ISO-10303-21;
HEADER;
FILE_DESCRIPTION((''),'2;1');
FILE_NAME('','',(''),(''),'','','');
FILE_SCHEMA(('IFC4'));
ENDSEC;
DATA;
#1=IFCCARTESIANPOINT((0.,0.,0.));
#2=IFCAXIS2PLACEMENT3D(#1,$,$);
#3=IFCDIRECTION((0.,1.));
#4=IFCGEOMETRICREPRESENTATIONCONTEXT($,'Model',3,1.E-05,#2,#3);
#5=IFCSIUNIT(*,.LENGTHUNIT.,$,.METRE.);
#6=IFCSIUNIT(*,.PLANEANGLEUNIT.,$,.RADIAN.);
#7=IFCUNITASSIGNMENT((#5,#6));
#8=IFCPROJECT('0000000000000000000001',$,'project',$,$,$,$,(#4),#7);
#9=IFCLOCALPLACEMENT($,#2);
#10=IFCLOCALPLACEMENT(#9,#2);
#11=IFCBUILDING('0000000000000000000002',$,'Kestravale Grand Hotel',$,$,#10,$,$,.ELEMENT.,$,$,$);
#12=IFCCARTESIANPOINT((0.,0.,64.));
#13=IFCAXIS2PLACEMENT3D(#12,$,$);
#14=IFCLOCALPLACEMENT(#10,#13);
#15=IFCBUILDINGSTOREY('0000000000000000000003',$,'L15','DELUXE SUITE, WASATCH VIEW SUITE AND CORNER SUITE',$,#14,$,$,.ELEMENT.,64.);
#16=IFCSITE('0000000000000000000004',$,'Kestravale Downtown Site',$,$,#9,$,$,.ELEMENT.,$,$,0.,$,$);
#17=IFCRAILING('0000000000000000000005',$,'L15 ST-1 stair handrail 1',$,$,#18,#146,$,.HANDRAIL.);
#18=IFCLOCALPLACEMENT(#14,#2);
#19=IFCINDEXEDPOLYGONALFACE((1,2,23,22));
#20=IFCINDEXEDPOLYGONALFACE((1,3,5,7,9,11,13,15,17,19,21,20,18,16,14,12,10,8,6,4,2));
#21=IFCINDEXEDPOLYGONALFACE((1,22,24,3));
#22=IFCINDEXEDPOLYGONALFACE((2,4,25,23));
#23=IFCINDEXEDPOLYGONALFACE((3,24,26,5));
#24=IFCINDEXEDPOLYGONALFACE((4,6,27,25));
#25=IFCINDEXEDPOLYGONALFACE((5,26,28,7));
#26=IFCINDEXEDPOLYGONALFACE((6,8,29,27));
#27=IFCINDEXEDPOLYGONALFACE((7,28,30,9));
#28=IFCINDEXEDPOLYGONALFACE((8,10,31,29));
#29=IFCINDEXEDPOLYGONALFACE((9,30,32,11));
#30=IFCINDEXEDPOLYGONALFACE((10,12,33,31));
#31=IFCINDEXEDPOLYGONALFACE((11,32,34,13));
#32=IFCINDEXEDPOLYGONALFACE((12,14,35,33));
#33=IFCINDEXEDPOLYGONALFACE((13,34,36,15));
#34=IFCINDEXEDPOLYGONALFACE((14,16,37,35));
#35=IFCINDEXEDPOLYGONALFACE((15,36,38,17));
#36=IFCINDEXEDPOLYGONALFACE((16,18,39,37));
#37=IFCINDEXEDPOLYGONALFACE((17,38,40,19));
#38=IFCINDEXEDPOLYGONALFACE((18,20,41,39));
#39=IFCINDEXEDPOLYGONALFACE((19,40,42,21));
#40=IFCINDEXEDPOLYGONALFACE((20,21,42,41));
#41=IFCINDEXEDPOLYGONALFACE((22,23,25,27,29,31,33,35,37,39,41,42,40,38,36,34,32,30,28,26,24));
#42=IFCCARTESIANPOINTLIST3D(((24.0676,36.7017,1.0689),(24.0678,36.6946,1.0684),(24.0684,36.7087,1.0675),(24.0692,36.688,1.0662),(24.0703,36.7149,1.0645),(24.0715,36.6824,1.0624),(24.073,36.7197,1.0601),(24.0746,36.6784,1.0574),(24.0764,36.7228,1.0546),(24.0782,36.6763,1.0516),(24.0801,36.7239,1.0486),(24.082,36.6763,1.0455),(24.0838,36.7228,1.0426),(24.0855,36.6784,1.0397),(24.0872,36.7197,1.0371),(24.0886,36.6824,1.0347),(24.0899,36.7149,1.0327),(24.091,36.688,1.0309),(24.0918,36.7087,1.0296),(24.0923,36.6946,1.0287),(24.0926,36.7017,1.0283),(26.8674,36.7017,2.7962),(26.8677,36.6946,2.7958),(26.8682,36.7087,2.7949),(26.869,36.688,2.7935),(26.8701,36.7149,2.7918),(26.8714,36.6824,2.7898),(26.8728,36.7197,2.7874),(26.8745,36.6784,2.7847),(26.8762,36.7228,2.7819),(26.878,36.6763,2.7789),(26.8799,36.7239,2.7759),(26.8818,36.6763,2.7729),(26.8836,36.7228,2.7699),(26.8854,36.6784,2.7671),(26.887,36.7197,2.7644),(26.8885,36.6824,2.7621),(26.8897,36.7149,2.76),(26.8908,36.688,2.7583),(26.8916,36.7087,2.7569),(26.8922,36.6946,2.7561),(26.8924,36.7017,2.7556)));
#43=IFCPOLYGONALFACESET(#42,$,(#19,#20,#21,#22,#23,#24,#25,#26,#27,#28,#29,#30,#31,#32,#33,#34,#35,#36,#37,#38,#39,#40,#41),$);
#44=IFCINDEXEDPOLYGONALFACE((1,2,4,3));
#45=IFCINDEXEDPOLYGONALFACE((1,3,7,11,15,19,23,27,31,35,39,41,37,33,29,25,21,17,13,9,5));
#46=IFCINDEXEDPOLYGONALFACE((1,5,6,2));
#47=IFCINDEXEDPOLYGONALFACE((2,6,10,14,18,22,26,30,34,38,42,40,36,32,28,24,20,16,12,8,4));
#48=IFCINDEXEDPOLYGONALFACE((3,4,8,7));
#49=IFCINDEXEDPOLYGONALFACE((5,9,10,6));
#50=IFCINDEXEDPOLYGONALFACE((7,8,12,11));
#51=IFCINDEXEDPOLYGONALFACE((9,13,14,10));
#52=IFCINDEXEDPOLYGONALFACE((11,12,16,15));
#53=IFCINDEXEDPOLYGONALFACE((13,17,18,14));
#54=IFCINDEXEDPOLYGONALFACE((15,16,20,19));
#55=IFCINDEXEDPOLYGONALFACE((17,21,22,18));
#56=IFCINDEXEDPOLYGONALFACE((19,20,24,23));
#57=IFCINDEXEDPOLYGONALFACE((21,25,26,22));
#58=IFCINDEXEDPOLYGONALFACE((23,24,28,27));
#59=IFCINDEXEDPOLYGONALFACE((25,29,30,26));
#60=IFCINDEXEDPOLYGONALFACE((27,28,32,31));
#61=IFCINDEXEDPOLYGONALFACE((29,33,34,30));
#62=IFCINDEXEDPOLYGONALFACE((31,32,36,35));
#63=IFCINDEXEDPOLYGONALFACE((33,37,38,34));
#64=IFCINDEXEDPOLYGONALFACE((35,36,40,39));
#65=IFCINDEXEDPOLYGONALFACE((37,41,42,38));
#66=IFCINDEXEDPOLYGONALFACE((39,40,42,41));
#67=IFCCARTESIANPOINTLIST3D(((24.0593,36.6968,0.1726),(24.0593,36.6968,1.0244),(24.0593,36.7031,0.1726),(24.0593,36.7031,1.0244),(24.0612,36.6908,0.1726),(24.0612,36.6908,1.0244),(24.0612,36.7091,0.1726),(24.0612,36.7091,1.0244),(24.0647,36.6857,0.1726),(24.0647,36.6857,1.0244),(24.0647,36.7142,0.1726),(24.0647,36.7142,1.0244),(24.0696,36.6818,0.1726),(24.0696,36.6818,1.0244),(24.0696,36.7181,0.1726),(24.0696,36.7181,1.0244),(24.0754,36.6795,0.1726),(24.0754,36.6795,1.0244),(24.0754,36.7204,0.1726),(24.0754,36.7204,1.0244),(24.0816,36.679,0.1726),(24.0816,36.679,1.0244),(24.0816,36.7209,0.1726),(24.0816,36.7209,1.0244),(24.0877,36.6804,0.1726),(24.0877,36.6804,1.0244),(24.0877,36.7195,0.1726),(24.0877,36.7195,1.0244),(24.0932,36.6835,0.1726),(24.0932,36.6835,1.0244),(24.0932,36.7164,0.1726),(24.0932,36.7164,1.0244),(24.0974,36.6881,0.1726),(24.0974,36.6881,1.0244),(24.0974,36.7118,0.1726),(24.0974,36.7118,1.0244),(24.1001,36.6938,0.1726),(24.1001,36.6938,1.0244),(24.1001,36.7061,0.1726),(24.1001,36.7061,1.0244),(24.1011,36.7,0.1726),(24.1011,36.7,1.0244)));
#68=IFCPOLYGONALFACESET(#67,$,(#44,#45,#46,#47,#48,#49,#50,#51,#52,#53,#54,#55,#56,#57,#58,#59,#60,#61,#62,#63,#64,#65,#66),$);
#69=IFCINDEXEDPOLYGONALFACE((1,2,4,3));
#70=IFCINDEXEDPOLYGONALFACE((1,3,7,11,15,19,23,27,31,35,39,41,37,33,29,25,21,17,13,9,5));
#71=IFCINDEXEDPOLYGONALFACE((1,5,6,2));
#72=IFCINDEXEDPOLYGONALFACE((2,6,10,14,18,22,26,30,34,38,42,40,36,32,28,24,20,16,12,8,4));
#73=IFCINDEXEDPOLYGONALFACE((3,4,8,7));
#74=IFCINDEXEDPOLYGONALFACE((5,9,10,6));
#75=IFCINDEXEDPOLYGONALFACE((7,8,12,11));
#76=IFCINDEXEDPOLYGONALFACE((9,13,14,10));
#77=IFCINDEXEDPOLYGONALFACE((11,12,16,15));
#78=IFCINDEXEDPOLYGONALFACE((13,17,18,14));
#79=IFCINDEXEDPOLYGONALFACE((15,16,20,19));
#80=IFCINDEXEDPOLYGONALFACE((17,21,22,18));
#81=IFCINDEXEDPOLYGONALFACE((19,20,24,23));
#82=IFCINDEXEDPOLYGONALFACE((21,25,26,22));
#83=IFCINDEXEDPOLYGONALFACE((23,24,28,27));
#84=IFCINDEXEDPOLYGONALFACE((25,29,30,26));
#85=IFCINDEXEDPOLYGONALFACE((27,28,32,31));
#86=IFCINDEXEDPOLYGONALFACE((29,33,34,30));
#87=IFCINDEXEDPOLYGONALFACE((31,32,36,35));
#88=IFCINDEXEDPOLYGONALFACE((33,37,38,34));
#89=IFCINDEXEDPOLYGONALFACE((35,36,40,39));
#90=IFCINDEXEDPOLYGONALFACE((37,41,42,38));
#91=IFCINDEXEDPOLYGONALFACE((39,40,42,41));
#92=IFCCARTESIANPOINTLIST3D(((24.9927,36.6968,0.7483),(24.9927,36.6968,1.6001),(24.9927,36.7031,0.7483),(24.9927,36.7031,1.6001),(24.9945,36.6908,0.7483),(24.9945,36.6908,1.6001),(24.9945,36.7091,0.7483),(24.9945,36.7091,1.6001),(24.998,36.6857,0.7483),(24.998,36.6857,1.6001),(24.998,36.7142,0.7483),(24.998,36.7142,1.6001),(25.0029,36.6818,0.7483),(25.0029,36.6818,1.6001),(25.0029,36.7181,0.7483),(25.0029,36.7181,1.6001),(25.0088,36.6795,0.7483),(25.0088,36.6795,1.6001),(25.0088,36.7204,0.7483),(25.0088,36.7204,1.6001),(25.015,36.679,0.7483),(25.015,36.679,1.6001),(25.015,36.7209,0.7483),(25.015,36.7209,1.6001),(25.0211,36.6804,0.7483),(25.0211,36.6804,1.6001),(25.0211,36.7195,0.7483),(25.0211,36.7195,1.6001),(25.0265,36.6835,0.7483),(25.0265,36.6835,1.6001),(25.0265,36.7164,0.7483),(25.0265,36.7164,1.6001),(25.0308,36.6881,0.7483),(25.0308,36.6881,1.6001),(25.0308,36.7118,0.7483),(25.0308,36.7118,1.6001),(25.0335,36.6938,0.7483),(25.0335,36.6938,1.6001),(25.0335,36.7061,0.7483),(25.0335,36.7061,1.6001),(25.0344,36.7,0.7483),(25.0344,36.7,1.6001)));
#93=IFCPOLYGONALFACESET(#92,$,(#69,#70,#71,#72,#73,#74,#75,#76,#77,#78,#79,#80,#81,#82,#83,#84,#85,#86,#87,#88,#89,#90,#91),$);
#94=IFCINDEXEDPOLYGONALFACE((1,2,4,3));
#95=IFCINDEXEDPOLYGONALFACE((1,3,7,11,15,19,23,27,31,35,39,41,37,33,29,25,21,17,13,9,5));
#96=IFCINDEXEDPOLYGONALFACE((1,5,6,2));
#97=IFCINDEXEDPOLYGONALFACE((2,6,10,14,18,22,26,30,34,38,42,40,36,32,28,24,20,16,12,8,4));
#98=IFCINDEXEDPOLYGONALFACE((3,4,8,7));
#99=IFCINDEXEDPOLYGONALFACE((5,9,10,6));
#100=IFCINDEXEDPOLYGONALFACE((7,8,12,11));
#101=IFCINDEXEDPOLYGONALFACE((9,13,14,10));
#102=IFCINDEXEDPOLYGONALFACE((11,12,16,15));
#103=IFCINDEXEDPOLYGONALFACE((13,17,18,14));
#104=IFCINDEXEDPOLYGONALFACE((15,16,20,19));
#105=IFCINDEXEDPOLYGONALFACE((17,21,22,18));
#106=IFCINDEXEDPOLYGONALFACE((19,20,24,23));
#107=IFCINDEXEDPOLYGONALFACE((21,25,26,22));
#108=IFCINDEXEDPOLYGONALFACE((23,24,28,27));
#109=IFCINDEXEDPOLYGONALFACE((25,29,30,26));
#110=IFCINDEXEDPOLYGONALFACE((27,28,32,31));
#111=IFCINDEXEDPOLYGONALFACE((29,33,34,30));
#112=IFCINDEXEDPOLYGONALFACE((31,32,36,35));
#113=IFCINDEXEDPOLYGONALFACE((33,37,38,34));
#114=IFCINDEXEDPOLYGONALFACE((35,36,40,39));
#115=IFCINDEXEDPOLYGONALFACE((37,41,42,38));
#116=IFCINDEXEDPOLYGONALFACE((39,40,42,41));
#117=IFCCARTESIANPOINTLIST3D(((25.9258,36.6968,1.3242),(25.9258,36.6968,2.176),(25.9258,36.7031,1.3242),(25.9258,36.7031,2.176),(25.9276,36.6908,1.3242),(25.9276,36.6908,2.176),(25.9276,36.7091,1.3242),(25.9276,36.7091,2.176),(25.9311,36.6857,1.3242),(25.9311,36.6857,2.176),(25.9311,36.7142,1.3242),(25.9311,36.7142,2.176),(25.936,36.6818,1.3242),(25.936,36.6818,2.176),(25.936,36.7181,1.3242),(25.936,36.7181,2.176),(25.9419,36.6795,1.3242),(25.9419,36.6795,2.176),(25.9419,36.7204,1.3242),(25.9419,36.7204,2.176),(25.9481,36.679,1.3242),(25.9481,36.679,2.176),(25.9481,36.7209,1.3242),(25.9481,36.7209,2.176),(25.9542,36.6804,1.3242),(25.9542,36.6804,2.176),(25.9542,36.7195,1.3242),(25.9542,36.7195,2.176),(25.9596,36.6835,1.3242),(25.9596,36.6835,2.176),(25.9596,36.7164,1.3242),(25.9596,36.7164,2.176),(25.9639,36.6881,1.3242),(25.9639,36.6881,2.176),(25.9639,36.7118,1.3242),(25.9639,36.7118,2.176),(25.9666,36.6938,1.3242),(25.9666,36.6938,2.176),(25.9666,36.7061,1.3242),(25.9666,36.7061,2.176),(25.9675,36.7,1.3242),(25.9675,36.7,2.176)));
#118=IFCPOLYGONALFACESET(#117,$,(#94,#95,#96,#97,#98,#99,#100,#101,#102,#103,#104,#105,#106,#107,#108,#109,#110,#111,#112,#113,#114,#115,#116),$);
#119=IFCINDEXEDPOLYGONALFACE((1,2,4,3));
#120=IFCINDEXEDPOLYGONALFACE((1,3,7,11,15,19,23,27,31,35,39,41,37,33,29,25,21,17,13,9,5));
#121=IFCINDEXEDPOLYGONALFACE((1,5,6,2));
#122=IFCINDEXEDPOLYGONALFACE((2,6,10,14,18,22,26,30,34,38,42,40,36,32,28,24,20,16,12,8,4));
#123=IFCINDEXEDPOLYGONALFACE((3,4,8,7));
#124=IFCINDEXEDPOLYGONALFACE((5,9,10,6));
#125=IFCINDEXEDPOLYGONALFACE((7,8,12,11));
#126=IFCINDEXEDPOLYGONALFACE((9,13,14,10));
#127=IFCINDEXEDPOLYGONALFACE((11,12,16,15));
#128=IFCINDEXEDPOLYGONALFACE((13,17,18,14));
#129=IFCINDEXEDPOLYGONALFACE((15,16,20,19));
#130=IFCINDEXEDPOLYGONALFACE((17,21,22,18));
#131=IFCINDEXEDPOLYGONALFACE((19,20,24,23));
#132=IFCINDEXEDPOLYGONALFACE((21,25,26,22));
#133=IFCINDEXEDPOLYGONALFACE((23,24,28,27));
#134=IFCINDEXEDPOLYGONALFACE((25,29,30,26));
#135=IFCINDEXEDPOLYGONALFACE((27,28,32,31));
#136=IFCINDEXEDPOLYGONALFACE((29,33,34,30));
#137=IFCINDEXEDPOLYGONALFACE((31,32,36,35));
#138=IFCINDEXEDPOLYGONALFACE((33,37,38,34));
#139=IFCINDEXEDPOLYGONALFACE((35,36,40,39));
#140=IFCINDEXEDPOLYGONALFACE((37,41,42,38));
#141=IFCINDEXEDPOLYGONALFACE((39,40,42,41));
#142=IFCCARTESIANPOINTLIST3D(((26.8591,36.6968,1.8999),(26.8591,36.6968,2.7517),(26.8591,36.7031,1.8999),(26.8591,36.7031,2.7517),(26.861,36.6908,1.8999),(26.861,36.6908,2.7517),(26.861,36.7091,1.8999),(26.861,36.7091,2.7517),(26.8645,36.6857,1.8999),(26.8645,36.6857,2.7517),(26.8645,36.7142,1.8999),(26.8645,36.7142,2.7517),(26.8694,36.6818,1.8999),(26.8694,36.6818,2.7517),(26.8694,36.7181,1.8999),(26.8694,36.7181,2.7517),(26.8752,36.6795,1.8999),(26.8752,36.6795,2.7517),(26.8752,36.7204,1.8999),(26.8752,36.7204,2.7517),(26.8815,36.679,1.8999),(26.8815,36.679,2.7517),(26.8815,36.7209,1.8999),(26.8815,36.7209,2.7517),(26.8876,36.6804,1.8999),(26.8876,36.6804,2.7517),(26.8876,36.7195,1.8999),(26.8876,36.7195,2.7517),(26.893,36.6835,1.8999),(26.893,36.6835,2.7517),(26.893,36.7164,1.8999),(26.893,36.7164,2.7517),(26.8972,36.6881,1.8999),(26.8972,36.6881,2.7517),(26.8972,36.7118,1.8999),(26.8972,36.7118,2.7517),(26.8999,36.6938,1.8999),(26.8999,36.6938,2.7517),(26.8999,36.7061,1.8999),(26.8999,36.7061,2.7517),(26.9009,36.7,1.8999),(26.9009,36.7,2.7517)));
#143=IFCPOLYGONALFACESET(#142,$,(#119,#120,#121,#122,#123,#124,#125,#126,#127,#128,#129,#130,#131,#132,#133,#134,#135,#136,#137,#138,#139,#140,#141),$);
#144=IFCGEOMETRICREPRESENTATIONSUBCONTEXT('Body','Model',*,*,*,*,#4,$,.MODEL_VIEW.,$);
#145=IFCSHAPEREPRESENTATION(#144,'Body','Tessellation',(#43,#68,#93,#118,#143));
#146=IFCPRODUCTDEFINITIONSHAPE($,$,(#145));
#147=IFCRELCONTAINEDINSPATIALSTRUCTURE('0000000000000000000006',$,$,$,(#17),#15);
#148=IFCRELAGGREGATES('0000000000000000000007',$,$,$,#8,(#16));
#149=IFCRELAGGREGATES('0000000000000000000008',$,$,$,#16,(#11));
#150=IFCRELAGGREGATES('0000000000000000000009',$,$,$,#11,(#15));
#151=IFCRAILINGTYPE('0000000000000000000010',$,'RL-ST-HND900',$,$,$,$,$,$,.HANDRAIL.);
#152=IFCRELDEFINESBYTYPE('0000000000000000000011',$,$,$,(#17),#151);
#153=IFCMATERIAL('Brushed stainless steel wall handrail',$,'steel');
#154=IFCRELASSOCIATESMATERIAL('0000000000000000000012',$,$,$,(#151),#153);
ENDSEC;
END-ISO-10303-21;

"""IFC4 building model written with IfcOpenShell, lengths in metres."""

from ifc_helpers import new_model, si_unit, direction, frame, origin, origin_2d, place, context, subcontext, project, spatial, circle, extrude, material, type_object, element, save


model = new_model("IFC4")

# Units and contexts
model_context = context("Model", 3, precision=1e-05, world=origin(), true_north=direction((0.0, 1.0)))
body_context = subcontext(model_context, "Body", "Model", "MODEL_VIEW")
ifc_project = project(units=[si_unit("LENGTHUNIT", "METRE"), si_unit("PLANEANGLEUNIT", "RADIAN")], contexts=[model_context])

# Site, building, storey
site_placement = place(None, origin())
site = spatial("IfcSite", under=ifc_project, at=site_placement, Name="Kestravale Downtown Site", CompositionType="ELEMENT", RefElevation=0.0)
building_placement = place(site_placement, origin())
building = spatial("IfcBuilding", under=site, at=building_placement, Name="Kestravale Grand Hotel", CompositionType="ELEMENT")
storey_placement = place(building_placement, frame((0.0, 0.0, 64.0)))
storey = spatial("IfcBuildingStorey", under=building, at=storey_placement, Name="L15", Description="DELUXE SUITE, WASATCH VIEW SUITE AND CORNER SUITE", CompositionType="ELEMENT", Elevation=64.0)

# Railing
ifc_material_1 = material(Name="Brushed stainless steel wall handrail", Category="steel")
railing_type_1 = type_object("IfcRailingType", Name="RL-ST-HND900", PredefinedType="HANDRAIL", material=ifc_material_1)
railing_1_placement = place(storey_placement, frame((24.0801, 36.7, 0.1726)))
element("IfcRailing", 1, at=railing_1_placement, inside=storey, type_object=railing_type_1, Name="L15 ST-1 stair handrail 1", PredefinedType="HANDRAIL", context=body_context, shape_type="SweptSolid", body=[
    extrude(circle(Radius=0.0239, at=origin_2d()), frame((0.0, 0.0, 0.876), z_axis=(0.851069, 0.0, 0.525054), x_axis=(0.0, 1.0, 0.0)), (0.0, 0.0, 1.0), 3.2898),
    extrude(circle(Radius=0.021, at=origin_2d()), origin(), (0.0, 0.0, 1.0), 0.8518),
    extrude(circle(Radius=0.021, at=origin_2d()), frame((0.9333, 0.0, 0.5757)), (0.0, 0.0, 1.0), 0.8518),
    extrude(circle(Radius=0.021, at=origin_2d()), frame((1.8665, 0.0, 1.1516)), (0.0, 0.0, 1.0), 0.8518),
    extrude(circle(Radius=0.021, at=origin_2d()), frame((2.7998, 0.0, 1.7273)), (0.0, 0.0, 1.0), 0.8518),
])

save(model, "model.ifc")
